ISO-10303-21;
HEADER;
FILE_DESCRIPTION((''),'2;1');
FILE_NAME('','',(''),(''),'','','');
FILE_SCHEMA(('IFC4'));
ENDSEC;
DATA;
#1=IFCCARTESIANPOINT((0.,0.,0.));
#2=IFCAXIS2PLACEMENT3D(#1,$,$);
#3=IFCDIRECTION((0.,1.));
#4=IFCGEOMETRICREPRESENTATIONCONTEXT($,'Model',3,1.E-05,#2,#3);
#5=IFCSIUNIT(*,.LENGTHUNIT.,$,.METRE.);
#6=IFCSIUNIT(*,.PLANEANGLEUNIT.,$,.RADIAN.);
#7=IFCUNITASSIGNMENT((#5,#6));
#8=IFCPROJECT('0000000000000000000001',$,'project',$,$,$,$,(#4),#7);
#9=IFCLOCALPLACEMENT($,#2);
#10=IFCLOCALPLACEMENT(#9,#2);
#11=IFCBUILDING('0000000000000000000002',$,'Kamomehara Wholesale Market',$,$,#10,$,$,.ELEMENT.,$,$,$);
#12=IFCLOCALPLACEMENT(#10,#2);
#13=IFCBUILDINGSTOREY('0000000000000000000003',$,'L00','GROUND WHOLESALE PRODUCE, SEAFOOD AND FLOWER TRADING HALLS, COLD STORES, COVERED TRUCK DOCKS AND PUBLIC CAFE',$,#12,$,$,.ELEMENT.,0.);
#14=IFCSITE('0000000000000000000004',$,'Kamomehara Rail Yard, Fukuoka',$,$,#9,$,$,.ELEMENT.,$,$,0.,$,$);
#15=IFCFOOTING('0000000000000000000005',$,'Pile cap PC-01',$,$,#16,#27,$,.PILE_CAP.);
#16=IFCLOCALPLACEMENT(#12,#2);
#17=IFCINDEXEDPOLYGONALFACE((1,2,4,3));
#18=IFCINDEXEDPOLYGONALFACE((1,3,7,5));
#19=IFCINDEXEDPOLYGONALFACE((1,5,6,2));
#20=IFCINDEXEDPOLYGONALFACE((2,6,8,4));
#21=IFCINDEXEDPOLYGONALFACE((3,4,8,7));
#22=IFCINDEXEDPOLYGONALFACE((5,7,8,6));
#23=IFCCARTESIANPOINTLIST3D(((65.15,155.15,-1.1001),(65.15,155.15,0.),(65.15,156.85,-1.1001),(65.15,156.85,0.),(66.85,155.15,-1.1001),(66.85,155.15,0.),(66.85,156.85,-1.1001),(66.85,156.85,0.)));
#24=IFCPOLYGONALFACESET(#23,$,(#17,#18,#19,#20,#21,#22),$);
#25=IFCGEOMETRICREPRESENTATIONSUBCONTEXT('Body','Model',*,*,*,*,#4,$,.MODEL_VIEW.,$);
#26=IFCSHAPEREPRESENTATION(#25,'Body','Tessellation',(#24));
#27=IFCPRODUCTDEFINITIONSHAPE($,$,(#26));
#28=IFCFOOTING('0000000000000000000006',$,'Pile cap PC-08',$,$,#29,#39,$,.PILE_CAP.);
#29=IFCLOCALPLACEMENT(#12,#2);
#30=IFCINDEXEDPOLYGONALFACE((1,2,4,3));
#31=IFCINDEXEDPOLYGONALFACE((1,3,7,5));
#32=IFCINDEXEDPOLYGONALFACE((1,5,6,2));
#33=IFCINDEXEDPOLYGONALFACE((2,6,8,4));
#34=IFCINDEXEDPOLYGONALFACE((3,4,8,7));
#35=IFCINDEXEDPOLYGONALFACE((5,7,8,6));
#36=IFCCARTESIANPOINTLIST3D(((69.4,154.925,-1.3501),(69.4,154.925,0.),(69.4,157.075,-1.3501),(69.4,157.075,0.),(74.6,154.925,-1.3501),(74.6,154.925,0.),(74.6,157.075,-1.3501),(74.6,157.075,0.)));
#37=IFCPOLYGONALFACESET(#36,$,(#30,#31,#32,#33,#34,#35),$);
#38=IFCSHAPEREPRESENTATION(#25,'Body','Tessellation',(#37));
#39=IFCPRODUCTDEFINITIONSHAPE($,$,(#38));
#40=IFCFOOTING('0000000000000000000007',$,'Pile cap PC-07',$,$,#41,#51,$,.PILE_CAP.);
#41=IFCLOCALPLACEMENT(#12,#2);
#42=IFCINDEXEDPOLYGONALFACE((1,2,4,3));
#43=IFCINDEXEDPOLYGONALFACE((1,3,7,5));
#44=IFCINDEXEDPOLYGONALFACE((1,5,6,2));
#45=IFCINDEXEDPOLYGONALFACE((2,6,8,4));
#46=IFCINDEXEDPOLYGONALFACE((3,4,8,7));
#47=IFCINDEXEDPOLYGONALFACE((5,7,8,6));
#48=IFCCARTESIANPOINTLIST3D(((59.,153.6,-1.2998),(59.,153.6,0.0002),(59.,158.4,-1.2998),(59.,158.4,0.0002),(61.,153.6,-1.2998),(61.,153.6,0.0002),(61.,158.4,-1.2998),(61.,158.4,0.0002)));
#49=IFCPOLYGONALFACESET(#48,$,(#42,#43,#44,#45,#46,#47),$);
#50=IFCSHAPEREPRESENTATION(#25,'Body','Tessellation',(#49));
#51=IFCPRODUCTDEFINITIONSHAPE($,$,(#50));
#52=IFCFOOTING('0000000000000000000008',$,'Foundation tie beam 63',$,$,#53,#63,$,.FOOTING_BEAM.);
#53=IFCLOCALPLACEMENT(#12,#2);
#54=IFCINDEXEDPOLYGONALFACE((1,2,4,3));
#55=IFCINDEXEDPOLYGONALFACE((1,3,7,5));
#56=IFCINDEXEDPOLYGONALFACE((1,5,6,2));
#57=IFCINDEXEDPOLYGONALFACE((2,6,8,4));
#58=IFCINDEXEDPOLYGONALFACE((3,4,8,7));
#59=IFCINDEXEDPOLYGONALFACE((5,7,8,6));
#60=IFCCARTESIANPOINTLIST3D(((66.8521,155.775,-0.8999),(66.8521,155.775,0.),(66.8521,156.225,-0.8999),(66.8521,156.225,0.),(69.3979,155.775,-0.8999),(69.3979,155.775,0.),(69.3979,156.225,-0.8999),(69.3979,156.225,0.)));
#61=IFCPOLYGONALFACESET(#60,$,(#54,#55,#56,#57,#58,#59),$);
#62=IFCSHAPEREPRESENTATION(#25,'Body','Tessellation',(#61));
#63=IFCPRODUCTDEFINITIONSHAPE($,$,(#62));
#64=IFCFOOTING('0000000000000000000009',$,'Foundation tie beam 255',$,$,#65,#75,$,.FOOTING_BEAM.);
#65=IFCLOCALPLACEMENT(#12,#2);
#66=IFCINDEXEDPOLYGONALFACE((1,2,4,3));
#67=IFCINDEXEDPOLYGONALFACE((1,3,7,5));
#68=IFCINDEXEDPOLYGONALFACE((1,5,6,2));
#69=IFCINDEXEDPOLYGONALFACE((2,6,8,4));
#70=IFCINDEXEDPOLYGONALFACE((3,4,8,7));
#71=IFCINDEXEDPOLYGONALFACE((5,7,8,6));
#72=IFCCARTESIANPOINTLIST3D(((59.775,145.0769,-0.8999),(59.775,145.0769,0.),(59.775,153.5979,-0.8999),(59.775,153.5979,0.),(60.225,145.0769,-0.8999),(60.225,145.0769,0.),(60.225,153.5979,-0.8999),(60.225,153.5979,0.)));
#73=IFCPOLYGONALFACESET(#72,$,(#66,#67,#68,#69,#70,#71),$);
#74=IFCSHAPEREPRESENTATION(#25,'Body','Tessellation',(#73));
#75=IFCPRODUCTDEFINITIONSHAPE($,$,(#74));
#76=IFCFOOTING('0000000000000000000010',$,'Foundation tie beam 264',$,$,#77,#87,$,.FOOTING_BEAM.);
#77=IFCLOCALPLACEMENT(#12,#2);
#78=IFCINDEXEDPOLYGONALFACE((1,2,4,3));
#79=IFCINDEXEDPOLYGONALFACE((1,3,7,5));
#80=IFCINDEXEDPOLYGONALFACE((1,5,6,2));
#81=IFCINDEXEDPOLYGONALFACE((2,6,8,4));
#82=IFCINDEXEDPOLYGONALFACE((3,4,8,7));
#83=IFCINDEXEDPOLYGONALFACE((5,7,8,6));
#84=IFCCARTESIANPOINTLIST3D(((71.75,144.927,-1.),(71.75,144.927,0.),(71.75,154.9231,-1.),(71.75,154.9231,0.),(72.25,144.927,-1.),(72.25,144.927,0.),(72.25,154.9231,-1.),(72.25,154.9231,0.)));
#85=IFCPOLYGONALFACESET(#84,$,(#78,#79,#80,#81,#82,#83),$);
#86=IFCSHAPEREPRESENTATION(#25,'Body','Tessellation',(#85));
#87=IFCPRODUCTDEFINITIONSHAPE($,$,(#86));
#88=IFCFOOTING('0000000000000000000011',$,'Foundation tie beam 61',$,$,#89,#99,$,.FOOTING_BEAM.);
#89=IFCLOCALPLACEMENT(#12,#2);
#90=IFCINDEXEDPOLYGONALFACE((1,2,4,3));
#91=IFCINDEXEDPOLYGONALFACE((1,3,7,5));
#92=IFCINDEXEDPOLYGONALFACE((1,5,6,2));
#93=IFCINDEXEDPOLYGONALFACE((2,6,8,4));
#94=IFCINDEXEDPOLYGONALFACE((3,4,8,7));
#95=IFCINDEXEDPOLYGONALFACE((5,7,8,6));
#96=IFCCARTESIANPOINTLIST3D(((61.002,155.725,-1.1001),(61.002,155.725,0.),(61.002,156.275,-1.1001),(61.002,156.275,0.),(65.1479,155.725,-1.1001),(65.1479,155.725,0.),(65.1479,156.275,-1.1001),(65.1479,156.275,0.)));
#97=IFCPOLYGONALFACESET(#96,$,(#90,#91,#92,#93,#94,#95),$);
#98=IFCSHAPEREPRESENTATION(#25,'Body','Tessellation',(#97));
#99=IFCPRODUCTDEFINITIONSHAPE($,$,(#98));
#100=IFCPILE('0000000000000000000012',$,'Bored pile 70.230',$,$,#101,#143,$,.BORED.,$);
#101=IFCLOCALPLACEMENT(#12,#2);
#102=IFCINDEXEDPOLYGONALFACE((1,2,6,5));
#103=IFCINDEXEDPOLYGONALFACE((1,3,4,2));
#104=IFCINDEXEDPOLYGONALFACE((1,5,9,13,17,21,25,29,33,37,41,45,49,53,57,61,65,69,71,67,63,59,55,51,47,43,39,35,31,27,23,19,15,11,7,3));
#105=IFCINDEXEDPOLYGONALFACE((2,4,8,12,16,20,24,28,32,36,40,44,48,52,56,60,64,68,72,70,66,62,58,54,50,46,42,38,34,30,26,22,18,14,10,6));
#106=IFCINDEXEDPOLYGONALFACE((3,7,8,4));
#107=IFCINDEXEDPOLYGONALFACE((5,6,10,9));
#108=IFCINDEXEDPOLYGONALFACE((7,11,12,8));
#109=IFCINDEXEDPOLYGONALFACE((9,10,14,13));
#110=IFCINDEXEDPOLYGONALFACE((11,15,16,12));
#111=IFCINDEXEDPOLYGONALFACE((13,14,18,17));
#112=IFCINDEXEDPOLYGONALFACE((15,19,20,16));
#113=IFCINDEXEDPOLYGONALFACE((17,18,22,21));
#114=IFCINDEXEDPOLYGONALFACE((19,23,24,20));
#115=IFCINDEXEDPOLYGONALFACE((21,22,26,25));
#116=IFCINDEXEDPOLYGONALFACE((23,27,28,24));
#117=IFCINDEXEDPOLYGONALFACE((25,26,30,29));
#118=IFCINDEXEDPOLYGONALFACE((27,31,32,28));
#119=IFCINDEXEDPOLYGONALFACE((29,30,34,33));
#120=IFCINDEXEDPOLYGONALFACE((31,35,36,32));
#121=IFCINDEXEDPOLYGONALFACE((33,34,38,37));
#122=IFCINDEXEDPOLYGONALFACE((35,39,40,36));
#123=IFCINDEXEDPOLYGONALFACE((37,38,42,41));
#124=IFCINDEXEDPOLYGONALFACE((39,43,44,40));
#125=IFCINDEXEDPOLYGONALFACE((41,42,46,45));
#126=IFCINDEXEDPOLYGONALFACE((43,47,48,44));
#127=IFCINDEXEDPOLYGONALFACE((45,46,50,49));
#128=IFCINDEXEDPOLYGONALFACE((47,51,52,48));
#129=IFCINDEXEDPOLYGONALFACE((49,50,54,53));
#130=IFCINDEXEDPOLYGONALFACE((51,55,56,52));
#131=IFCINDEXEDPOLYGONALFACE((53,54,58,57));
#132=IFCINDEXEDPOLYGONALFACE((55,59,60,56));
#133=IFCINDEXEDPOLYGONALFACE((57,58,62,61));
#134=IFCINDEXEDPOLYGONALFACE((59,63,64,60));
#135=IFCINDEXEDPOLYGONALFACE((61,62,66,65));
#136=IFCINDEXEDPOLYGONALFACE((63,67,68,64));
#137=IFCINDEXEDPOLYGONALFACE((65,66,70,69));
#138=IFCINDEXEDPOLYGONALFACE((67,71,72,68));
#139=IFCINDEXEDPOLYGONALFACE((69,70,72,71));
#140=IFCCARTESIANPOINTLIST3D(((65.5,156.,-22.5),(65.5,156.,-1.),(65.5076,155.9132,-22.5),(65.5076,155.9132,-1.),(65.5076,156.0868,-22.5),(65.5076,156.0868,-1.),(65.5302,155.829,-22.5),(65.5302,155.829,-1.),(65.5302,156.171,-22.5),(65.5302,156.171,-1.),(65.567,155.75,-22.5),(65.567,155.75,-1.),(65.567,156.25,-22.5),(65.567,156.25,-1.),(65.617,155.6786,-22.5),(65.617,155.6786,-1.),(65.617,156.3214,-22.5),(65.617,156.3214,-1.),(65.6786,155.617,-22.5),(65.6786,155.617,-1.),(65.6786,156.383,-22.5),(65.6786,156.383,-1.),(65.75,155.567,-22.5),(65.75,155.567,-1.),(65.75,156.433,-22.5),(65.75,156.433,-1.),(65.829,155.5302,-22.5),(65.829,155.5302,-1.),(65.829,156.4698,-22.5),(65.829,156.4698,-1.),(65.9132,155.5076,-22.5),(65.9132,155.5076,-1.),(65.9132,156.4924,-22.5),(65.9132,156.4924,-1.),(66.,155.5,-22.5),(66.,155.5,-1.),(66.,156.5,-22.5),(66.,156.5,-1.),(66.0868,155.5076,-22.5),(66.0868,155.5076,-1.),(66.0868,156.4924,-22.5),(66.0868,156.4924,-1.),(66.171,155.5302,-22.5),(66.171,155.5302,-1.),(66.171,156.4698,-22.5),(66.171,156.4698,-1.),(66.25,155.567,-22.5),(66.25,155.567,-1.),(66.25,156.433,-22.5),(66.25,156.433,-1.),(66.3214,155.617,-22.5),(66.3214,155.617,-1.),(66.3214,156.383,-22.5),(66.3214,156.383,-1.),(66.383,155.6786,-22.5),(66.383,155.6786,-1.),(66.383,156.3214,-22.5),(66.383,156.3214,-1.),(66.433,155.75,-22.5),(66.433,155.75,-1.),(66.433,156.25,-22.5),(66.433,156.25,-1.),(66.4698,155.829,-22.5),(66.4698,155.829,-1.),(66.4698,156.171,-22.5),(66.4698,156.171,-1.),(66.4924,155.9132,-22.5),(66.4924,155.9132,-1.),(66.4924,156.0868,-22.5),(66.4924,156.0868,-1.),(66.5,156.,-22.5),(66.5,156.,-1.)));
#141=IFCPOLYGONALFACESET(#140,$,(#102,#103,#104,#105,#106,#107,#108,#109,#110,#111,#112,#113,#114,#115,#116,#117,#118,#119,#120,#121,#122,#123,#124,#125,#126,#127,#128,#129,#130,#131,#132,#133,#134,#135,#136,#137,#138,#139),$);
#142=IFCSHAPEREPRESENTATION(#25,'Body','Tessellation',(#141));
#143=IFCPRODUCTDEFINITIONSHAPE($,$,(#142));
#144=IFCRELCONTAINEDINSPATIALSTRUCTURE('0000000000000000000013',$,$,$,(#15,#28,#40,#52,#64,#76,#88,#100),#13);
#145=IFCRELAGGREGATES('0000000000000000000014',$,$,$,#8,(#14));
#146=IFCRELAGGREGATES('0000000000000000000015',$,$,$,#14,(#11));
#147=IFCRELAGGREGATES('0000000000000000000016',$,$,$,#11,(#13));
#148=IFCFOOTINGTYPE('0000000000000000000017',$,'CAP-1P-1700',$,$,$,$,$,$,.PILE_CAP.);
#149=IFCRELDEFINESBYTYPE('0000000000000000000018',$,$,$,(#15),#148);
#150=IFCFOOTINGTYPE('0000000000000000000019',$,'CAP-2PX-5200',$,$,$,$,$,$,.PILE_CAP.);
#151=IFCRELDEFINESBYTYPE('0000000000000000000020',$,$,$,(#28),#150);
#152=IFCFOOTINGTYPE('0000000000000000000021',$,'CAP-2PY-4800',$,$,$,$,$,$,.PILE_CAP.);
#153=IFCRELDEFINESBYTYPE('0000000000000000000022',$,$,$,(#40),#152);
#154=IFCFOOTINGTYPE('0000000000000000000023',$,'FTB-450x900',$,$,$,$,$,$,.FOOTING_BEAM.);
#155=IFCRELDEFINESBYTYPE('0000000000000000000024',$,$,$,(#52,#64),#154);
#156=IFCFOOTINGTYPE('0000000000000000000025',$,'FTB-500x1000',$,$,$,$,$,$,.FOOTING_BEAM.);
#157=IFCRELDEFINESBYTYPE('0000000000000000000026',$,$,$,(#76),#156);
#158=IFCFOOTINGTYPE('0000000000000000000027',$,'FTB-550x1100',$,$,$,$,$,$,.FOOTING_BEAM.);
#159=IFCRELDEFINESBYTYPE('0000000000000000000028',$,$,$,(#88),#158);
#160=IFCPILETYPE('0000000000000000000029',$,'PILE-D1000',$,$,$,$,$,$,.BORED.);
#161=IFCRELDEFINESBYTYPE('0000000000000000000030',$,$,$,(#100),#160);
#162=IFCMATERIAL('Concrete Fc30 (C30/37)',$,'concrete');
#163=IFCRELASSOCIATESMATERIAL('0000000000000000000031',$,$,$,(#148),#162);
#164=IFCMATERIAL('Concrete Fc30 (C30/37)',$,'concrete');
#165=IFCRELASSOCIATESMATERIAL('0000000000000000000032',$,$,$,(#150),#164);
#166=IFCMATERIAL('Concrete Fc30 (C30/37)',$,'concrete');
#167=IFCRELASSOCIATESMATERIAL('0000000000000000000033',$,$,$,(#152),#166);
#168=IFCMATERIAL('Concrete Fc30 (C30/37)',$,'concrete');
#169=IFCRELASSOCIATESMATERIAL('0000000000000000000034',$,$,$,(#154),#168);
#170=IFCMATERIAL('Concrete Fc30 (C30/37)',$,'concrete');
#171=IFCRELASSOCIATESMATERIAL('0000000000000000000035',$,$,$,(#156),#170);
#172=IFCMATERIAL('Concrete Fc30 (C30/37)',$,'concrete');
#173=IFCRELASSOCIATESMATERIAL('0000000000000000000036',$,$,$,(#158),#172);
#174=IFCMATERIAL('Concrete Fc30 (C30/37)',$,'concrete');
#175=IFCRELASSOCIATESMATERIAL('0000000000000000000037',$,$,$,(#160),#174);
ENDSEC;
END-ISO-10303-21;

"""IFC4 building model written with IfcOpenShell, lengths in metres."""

from ifc_helpers import new_model, si_unit, direction, frame, origin, origin_2d, place, context, subcontext, project, spatial, rectangle, circle, extrude, material, material_profile, profile_set, type_object, element, save


model = new_model("IFC4")

# Units and contexts
model_context = context("Model", 3, precision=1e-05, world=origin(), true_north=direction((0.0, 1.0)))
body_context = subcontext(model_context, "Body", "Model", "MODEL_VIEW")
ifc_project = project(units=[si_unit("LENGTHUNIT", "METRE"), si_unit("PLANEANGLEUNIT", "RADIAN")], contexts=[model_context])

# Site, building, storey
site_placement = place(None, origin())
site = spatial("IfcSite", under=ifc_project, at=site_placement, Name="Kamomehara Rail Yard, Fukuoka", CompositionType="ELEMENT", RefElevation=0.0)
building_placement = place(site_placement, origin())
building = spatial("IfcBuilding", under=site, at=building_placement, Name="Kamomehara Wholesale Market", CompositionType="ELEMENT")
storey_placement = place(building_placement, origin())
storey = spatial("IfcBuildingStorey", under=building, at=storey_placement, Name="L00", Description="GROUND WHOLESALE PRODUCE, SEAFOOD AND FLOWER TRADING HALLS, COLD STORES, COVERED TRUCK DOCKS AND PUBLIC CAFE", CompositionType="ELEMENT", Elevation=0.0)

# Footings
ifc_material_1 = material(Name="Concrete Fc30 (C30/37)", Category="concrete")
footing_type_1 = type_object("IfcFootingType", Name="CAP-1P-1700", PredefinedType="PILE_CAP", material=ifc_material_1)
footing_1_placement = place(storey_placement, frame((66.0, 156.0, -1.1001), z_axis=(0.0, 0.0, 1.0), x_axis=(1.0, 0.0, 0.0)))
element("IfcFooting", 1, at=footing_1_placement, inside=storey, type_object=footing_type_1, Name="Pile cap PC-01", PredefinedType="PILE_CAP", context=body_context, shape_type="SweptSolid", body=[
    extrude(rectangle(XDim=1.7, YDim=1.7, at=origin_2d()), origin(), (0.0, 0.0, 1.0), 1.1001),
])
ifc_material_2 = material(Name="Concrete Fc30 (C30/37)", Category="concrete")
footing_type_2 = type_object("IfcFootingType", Name="CAP-2PX-5200", PredefinedType="PILE_CAP", material=ifc_material_2)
footing_2_placement = place(storey_placement, frame((72.0, 156.0, -1.3501), z_axis=(0.0, 0.0, 1.0), x_axis=(1.0, 0.0, 0.0)))
element("IfcFooting", 2, at=footing_2_placement, inside=storey, type_object=footing_type_2, Name="Pile cap PC-08", PredefinedType="PILE_CAP", context=body_context, shape_type="SweptSolid", body=[
    extrude(rectangle(XDim=5.2, YDim=2.1499, at=origin_2d()), origin(), (0.0, 0.0, 1.0), 1.3501),
])
ifc_material_3 = material(Name="Concrete Fc30 (C30/37)", Category="concrete")
footing_type_3 = type_object("IfcFootingType", Name="CAP-2PY-4800", PredefinedType="PILE_CAP", material=ifc_material_3)
footing_3_placement = place(storey_placement, frame((60.0, 156.0, -1.2998), z_axis=(0.0, 0.0, 1.0), x_axis=(1.0, 0.0, 0.0)))
element("IfcFooting", 3, at=footing_3_placement, inside=storey, type_object=footing_type_3, Name="Pile cap PC-07", PredefinedType="PILE_CAP", context=body_context, shape_type="SweptSolid", body=[
    extrude(rectangle(XDim=2.0, YDim=4.8, at=origin_2d()), origin(), (0.0, 0.0, 1.0), 1.3),
])
ifc_material_4 = material(Name="Concrete Fc30 (C30/37)", Category="concrete")
ifc_material_profile_1 = material_profile(ifc_material_4, rectangle(XDim=0.45, YDim=0.8999, at=origin_2d()), Name="RC-FTB-450x900")
ifc_profile_set_1 = profile_set([ifc_material_profile_1], Name="Concrete Fc30 (C30/37)")
footing_type_4 = type_object("IfcFootingType", Name="FTB-450x900", PredefinedType="FOOTING_BEAM", material=ifc_profile_set_1)
footing_4_placement = place(storey_placement, frame((66.8521, 156.0, -0.45), z_axis=(1.0, 0.0, 0.0), x_axis=(0.0, 1.0, 0.0)))
element("IfcFooting", 4, at=footing_4_placement, inside=storey, type_object=footing_type_4, Name="Foundation tie beam 63", PredefinedType="FOOTING_BEAM", context=body_context, shape_type="SweptSolid", body=[
    extrude(rectangle(XDim=0.45, YDim=0.8999, at=origin_2d()), origin(), (0.0, 0.0, 1.0), 2.5459),
])
footing_5_placement = place(storey_placement, frame((60.0, 145.0769, -0.45), z_axis=(0.0, 1.0, 0.0), x_axis=(-1.0, 0.0, 0.0)))
element("IfcFooting", 5, at=footing_5_placement, inside=storey, type_object=footing_type_4, Name="Foundation tie beam 255", PredefinedType="FOOTING_BEAM", context=body_context, shape_type="SweptSolid", body=[
    extrude(rectangle(XDim=0.45, YDim=0.8999, at=origin_2d()), origin(), (0.0, 0.0, 1.0), 8.521),
])
ifc_material_5 = material(Name="Concrete Fc30 (C30/37)", Category="concrete")
ifc_material_profile_2 = material_profile(ifc_material_5, rectangle(XDim=0.5, YDim=1.0, at=origin_2d()), Name="RC-FTB-500x1000")
ifc_profile_set_2 = profile_set([ifc_material_profile_2], Name="Concrete Fc30 (C30/37)")
footing_type_5 = type_object("IfcFootingType", Name="FTB-500x1000", PredefinedType="FOOTING_BEAM", material=ifc_profile_set_2)
footing_6_placement = place(storey_placement, frame((72.0, 144.927, -0.5), z_axis=(0.0, 1.0, 0.0), x_axis=(-1.0, 0.0, 0.0)))
element("IfcFooting", 6, at=footing_6_placement, inside=storey, type_object=footing_type_5, Name="Foundation tie beam 264", PredefinedType="FOOTING_BEAM", context=body_context, shape_type="SweptSolid", body=[
    extrude(rectangle(XDim=0.5, YDim=1.0, at=origin_2d()), origin(), (0.0, 0.0, 1.0), 9.9961),
])
ifc_material_6 = material(Name="Concrete Fc30 (C30/37)", Category="concrete")
ifc_material_profile_3 = material_profile(ifc_material_6, rectangle(XDim=0.55, YDim=1.1001, at=origin_2d()), Name="RC-FTB-550x1100")
ifc_profile_set_3 = profile_set([ifc_material_profile_3], Name="Concrete Fc30 (C30/37)")
footing_type_6 = type_object("IfcFootingType", Name="FTB-550x1100", PredefinedType="FOOTING_BEAM", material=ifc_profile_set_3)
footing_7_placement = place(storey_placement, frame((61.002, 156.0, -0.55), z_axis=(1.0, 0.0, 0.0), x_axis=(0.0, 1.0, 0.0)))
element("IfcFooting", 7, at=footing_7_placement, inside=storey, type_object=footing_type_6, Name="Foundation tie beam 61", PredefinedType="FOOTING_BEAM", context=body_context, shape_type="SweptSolid", body=[
    extrude(rectangle(XDim=0.55, YDim=1.1001, at=origin_2d()), origin(), (0.0, 0.0, 1.0), 4.146),
])

# Pile
ifc_material_7 = material(Name="Concrete Fc30 (C30/37)", Category="concrete")
ifc_material_profile_4 = material_profile(ifc_material_7, circle(Radius=0.5, at=origin_2d()), Name="RC-PILE-D1000")
ifc_profile_set_4 = profile_set([ifc_material_profile_4], Name="Concrete Fc30 (C30/37)")
pile_type_1 = type_object("IfcPileType", Name="PILE-D1000", PredefinedType="BORED", material=ifc_profile_set_4)
pile_1_placement = place(storey_placement, frame((66.0, 156.0, -1.0), z_axis=(0.0, 0.0, -1.0), x_axis=(1.0, 0.0, 0.0)))
element("IfcPile", 8, at=pile_1_placement, inside=storey, type_object=pile_type_1, Name="Bored pile 70.230", PredefinedType="BORED", context=body_context, shape_type="SweptSolid", body=[
    extrude(circle(Radius=0.5, at=origin_2d()), origin(), (0.0, 0.0, 1.0), 21.5),
])

save(model, "model.ifc")
